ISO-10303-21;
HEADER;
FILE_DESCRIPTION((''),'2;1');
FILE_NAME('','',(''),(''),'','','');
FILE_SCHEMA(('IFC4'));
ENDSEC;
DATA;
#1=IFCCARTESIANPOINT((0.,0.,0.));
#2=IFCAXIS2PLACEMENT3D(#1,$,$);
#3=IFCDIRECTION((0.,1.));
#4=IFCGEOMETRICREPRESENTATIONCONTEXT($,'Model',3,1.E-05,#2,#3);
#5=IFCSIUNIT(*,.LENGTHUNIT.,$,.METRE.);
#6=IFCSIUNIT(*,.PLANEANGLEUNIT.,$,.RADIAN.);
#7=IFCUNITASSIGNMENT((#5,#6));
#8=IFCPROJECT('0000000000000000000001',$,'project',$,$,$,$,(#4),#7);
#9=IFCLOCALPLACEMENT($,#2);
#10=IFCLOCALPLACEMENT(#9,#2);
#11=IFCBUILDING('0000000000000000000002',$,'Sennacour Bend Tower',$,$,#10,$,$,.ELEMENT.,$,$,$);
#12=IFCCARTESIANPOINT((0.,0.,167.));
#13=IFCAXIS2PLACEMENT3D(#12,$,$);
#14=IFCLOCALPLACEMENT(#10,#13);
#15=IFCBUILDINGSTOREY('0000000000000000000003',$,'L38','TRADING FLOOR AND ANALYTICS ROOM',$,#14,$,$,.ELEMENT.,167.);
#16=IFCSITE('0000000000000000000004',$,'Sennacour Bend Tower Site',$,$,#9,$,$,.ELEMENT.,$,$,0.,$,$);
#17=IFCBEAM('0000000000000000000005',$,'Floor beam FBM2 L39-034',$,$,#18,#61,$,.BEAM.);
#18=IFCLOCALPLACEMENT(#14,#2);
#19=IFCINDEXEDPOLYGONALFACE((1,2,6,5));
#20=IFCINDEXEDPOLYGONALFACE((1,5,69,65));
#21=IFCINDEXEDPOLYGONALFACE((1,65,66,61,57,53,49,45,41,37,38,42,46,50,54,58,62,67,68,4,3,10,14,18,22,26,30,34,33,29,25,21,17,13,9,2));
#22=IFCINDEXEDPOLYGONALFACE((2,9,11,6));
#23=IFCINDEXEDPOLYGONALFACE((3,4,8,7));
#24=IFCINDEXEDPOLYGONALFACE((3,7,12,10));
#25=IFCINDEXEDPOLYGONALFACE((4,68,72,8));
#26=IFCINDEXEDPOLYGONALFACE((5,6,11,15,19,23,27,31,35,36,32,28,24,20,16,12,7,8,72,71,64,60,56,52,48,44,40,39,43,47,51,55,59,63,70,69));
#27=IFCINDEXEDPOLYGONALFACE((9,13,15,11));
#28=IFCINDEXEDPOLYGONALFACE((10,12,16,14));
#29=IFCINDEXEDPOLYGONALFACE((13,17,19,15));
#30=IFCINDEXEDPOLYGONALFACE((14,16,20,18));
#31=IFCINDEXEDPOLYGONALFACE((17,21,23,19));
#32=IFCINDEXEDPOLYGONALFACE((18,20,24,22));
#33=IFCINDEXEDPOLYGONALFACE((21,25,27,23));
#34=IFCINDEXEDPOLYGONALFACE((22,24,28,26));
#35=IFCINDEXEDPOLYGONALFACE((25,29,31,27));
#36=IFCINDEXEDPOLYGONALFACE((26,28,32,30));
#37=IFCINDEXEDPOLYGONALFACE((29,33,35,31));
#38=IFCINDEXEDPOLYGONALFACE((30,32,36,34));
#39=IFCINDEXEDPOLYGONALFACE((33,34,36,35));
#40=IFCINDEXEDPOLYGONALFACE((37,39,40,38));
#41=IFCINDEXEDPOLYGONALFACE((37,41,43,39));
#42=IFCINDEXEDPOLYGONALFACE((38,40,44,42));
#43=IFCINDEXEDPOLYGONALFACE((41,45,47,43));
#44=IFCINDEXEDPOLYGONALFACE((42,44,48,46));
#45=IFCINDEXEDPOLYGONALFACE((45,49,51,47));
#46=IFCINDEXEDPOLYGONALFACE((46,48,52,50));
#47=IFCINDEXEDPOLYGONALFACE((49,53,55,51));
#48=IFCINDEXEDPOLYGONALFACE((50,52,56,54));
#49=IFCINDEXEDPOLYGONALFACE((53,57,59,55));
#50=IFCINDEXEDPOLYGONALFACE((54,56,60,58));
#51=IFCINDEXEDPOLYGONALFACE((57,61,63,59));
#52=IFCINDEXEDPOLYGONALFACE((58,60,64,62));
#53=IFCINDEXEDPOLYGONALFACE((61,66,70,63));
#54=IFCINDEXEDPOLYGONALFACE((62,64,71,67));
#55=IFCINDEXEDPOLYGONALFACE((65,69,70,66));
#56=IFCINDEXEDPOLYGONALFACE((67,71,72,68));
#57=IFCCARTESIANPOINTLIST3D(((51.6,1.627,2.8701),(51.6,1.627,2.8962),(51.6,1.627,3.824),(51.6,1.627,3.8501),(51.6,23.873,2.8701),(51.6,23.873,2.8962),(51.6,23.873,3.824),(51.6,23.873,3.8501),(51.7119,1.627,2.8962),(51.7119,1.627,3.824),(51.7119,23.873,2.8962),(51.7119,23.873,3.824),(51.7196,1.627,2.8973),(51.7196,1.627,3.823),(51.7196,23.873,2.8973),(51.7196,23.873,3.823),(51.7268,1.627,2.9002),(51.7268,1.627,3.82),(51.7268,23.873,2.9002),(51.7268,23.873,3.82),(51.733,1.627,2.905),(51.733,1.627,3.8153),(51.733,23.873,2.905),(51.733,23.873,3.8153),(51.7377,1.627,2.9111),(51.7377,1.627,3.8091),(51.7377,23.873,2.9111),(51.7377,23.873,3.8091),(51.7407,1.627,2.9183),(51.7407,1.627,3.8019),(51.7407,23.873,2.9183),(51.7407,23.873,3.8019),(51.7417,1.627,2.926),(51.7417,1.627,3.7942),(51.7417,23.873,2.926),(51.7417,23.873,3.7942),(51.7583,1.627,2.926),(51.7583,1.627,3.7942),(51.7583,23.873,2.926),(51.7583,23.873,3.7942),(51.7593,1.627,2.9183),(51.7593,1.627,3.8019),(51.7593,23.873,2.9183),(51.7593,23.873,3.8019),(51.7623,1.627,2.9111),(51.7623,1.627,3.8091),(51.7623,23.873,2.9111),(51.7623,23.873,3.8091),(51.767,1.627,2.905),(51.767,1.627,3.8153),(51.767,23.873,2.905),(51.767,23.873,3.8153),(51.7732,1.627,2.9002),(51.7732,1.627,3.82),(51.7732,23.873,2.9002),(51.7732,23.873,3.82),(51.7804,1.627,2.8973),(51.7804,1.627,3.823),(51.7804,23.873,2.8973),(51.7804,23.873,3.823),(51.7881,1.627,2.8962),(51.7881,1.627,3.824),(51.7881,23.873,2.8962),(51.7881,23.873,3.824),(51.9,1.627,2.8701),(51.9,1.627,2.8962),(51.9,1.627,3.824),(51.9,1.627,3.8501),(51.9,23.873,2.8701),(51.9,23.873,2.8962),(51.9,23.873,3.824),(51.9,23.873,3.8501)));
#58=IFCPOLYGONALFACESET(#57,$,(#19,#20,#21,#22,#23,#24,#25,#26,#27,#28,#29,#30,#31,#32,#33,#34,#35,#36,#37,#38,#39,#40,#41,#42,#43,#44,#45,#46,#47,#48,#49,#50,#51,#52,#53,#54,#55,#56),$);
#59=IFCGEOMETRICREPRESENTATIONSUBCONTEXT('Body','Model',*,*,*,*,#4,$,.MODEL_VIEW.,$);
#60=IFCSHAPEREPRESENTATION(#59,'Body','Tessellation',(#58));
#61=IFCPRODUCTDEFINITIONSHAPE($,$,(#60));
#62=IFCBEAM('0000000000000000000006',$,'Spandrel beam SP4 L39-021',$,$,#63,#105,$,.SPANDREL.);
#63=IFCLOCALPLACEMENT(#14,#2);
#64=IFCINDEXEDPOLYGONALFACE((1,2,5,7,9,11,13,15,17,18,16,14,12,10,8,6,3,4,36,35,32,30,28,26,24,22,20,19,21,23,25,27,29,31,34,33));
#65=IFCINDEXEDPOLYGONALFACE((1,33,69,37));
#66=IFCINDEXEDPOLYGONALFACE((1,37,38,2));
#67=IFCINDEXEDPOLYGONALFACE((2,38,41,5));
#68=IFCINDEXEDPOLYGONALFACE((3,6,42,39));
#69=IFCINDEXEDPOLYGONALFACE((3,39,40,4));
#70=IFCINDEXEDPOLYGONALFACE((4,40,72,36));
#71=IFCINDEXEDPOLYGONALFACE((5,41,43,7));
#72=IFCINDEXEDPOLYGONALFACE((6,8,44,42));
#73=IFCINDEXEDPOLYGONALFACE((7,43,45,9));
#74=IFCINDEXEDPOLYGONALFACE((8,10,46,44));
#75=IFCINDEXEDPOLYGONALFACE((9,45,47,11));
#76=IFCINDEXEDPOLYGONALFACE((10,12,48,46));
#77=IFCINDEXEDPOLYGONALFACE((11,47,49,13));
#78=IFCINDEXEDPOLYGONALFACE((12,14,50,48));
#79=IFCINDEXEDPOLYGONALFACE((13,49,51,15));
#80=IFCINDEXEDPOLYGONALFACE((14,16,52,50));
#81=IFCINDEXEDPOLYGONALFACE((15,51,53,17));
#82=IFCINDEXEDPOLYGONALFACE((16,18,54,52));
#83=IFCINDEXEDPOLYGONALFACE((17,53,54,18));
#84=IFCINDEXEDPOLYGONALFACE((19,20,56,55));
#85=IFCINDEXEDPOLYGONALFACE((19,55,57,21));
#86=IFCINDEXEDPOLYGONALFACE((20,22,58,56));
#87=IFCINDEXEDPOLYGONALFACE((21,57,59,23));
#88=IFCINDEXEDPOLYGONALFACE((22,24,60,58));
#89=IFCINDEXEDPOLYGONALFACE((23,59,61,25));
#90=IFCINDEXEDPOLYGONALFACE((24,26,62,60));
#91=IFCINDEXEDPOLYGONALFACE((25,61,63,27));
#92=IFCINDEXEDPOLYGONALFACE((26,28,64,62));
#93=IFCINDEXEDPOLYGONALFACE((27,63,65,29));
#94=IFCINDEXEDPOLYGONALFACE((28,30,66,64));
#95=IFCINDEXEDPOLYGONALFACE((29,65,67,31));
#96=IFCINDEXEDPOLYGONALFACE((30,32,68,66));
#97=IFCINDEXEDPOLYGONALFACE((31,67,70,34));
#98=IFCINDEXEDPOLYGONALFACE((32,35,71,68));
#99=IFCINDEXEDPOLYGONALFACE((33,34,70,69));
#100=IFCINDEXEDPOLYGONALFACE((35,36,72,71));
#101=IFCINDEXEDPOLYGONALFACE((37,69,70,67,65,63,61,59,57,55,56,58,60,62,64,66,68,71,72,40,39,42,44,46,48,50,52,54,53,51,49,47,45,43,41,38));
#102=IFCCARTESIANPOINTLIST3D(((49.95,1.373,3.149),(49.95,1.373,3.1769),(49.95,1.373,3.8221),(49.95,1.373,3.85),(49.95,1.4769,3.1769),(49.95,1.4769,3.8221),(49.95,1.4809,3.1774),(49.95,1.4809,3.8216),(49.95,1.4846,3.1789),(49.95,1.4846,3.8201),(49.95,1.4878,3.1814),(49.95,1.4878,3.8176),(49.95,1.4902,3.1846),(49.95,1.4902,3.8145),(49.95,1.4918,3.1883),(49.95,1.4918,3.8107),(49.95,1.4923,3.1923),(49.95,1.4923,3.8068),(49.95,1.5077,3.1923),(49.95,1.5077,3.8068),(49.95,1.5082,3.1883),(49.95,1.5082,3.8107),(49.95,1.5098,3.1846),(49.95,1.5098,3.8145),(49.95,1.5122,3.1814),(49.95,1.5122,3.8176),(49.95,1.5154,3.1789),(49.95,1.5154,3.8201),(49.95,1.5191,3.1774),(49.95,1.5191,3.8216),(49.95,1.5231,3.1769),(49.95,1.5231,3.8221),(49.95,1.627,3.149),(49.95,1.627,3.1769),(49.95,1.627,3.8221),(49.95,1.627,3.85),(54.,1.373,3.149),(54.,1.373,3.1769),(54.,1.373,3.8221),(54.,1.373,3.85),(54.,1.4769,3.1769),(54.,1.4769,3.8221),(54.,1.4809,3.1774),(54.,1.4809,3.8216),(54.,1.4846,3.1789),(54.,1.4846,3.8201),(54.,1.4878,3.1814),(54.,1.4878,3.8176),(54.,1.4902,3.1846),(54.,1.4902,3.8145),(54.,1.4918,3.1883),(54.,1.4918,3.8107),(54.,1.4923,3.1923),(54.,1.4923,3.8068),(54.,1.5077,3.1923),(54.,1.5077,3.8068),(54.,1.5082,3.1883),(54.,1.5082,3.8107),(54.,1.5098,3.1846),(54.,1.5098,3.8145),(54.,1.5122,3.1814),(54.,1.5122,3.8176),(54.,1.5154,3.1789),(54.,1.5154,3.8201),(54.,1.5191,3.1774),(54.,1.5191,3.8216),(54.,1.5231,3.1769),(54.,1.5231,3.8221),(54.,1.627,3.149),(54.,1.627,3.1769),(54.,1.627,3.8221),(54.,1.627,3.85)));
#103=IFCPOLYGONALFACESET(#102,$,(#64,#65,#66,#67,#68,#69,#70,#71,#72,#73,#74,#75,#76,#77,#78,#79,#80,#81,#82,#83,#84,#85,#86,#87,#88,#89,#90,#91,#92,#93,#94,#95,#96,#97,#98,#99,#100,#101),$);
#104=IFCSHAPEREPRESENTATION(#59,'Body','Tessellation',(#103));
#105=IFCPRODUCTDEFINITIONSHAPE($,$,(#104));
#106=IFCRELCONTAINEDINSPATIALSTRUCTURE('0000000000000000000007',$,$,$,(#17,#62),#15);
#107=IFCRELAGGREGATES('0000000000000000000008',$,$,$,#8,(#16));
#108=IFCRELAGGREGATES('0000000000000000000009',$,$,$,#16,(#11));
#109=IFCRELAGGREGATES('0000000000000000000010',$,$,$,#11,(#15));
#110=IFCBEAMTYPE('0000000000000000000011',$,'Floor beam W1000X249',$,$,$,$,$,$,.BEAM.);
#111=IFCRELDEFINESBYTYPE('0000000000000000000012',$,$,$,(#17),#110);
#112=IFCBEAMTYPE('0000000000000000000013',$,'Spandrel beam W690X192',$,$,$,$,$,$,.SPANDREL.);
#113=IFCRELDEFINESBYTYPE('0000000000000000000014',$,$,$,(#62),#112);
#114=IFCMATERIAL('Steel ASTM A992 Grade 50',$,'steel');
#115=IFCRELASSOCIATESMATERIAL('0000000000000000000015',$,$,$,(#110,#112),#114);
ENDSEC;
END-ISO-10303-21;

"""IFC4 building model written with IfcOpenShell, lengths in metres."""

from ifc_helpers import new_model, si_unit, direction, frame, origin, origin_2d, place, context, subcontext, project, spatial, i_section, extrude, material, material_profile, profile_set, type_object, element, save


model = new_model("IFC4")

# Units and contexts
model_context = context("Model", 3, precision=1e-05, world=origin(), true_north=direction((0.0, 1.0)))
body_context = subcontext(model_context, "Body", "Model", "MODEL_VIEW")
ifc_project = project(units=[si_unit("LENGTHUNIT", "METRE"), si_unit("PLANEANGLEUNIT", "RADIAN")], contexts=[model_context])

# Site, building, storey
site_placement = place(None, origin())
site = spatial("IfcSite", under=ifc_project, at=site_placement, Name="Sennacour Bend Tower Site", CompositionType="ELEMENT", RefElevation=0.0)
building_placement = place(site_placement, origin())
building = spatial("IfcBuilding", under=site, at=building_placement, Name="Sennacour Bend Tower", CompositionType="ELEMENT")
storey_placement = place(building_placement, frame((0.0, 0.0, 167.0)))
storey = spatial("IfcBuildingStorey", under=building, at=storey_placement, Name="L38", Description="TRADING FLOOR AND ANALYTICS ROOM", CompositionType="ELEMENT", Elevation=167.0)

# Beams
ifc_material_1 = material(Name="Steel ASTM A992 Grade 50", Category="steel")
ifc_material_profile_1 = material_profile(ifc_material_1, i_section(OverallWidth=0.3, OverallDepth=0.98, WebThickness=0.0166, FlangeThickness=0.0261, FilletRadius=0.0298, at=origin_2d()), Name="Steel ASTM A992 Grade 50", Category="steel")
ifc_profile_set_1 = profile_set([ifc_material_profile_1], Name="Steel ASTM A992 Grade 50")
beam_type_1 = type_object("IfcBeamType", Name="Floor beam W1000X249", PredefinedType="BEAM", material=ifc_profile_set_1)
beam_1_placement = place(storey_placement, frame((51.75, 1.627, 3.3601), z_axis=(0.0, 1.0, 0.0), x_axis=(-1.0, 0.0, 0.0)))
element("IfcBeam", 1, at=beam_1_placement, inside=storey, type_object=beam_type_1, Name="Floor beam FBM2 L39-034", PredefinedType="BEAM", context=body_context, shape_type="SweptSolid", body=[
    extrude(i_section(OverallWidth=0.3, OverallDepth=0.98, WebThickness=0.0166, FlangeThickness=0.0261, FilletRadius=0.0298, at=origin_2d()), origin(), (0.0, 0.0, 1.0), 22.2461),
])
ifc_material_profile_2 = material_profile(ifc_material_1, i_section(OverallWidth=0.2539, OverallDepth=0.7009, WebThickness=0.0154, FlangeThickness=0.0278, FilletRadius=0.0154, at=origin_2d()), Name="Steel ASTM A992 Grade 50", Category="steel")
ifc_profile_set_2 = profile_set([ifc_material_profile_2], Name="Steel ASTM A992 Grade 50")
beam_type_2 = type_object("IfcBeamType", Name="Spandrel beam W690X192", PredefinedType="SPANDREL", material=ifc_profile_set_2)
beam_2_placement = place(storey_placement, frame((54.0, 1.5, 3.4995), z_axis=(-1.0, 0.0, 0.0), x_axis=(0.0, -1.0, 0.0)))
element("IfcBeam", 2, at=beam_2_placement, inside=storey, type_object=beam_type_2, Name="Spandrel beam SP4 L39-021", PredefinedType="SPANDREL", context=body_context, shape_type="SweptSolid", body=[
    extrude(i_section(OverallWidth=0.2539, OverallDepth=0.7009, WebThickness=0.0154, FlangeThickness=0.0278, FilletRadius=0.0154, at=origin_2d()), origin(), (0.0, 0.0, 1.0), 4.05),
])

save(model, "model.ifc")
